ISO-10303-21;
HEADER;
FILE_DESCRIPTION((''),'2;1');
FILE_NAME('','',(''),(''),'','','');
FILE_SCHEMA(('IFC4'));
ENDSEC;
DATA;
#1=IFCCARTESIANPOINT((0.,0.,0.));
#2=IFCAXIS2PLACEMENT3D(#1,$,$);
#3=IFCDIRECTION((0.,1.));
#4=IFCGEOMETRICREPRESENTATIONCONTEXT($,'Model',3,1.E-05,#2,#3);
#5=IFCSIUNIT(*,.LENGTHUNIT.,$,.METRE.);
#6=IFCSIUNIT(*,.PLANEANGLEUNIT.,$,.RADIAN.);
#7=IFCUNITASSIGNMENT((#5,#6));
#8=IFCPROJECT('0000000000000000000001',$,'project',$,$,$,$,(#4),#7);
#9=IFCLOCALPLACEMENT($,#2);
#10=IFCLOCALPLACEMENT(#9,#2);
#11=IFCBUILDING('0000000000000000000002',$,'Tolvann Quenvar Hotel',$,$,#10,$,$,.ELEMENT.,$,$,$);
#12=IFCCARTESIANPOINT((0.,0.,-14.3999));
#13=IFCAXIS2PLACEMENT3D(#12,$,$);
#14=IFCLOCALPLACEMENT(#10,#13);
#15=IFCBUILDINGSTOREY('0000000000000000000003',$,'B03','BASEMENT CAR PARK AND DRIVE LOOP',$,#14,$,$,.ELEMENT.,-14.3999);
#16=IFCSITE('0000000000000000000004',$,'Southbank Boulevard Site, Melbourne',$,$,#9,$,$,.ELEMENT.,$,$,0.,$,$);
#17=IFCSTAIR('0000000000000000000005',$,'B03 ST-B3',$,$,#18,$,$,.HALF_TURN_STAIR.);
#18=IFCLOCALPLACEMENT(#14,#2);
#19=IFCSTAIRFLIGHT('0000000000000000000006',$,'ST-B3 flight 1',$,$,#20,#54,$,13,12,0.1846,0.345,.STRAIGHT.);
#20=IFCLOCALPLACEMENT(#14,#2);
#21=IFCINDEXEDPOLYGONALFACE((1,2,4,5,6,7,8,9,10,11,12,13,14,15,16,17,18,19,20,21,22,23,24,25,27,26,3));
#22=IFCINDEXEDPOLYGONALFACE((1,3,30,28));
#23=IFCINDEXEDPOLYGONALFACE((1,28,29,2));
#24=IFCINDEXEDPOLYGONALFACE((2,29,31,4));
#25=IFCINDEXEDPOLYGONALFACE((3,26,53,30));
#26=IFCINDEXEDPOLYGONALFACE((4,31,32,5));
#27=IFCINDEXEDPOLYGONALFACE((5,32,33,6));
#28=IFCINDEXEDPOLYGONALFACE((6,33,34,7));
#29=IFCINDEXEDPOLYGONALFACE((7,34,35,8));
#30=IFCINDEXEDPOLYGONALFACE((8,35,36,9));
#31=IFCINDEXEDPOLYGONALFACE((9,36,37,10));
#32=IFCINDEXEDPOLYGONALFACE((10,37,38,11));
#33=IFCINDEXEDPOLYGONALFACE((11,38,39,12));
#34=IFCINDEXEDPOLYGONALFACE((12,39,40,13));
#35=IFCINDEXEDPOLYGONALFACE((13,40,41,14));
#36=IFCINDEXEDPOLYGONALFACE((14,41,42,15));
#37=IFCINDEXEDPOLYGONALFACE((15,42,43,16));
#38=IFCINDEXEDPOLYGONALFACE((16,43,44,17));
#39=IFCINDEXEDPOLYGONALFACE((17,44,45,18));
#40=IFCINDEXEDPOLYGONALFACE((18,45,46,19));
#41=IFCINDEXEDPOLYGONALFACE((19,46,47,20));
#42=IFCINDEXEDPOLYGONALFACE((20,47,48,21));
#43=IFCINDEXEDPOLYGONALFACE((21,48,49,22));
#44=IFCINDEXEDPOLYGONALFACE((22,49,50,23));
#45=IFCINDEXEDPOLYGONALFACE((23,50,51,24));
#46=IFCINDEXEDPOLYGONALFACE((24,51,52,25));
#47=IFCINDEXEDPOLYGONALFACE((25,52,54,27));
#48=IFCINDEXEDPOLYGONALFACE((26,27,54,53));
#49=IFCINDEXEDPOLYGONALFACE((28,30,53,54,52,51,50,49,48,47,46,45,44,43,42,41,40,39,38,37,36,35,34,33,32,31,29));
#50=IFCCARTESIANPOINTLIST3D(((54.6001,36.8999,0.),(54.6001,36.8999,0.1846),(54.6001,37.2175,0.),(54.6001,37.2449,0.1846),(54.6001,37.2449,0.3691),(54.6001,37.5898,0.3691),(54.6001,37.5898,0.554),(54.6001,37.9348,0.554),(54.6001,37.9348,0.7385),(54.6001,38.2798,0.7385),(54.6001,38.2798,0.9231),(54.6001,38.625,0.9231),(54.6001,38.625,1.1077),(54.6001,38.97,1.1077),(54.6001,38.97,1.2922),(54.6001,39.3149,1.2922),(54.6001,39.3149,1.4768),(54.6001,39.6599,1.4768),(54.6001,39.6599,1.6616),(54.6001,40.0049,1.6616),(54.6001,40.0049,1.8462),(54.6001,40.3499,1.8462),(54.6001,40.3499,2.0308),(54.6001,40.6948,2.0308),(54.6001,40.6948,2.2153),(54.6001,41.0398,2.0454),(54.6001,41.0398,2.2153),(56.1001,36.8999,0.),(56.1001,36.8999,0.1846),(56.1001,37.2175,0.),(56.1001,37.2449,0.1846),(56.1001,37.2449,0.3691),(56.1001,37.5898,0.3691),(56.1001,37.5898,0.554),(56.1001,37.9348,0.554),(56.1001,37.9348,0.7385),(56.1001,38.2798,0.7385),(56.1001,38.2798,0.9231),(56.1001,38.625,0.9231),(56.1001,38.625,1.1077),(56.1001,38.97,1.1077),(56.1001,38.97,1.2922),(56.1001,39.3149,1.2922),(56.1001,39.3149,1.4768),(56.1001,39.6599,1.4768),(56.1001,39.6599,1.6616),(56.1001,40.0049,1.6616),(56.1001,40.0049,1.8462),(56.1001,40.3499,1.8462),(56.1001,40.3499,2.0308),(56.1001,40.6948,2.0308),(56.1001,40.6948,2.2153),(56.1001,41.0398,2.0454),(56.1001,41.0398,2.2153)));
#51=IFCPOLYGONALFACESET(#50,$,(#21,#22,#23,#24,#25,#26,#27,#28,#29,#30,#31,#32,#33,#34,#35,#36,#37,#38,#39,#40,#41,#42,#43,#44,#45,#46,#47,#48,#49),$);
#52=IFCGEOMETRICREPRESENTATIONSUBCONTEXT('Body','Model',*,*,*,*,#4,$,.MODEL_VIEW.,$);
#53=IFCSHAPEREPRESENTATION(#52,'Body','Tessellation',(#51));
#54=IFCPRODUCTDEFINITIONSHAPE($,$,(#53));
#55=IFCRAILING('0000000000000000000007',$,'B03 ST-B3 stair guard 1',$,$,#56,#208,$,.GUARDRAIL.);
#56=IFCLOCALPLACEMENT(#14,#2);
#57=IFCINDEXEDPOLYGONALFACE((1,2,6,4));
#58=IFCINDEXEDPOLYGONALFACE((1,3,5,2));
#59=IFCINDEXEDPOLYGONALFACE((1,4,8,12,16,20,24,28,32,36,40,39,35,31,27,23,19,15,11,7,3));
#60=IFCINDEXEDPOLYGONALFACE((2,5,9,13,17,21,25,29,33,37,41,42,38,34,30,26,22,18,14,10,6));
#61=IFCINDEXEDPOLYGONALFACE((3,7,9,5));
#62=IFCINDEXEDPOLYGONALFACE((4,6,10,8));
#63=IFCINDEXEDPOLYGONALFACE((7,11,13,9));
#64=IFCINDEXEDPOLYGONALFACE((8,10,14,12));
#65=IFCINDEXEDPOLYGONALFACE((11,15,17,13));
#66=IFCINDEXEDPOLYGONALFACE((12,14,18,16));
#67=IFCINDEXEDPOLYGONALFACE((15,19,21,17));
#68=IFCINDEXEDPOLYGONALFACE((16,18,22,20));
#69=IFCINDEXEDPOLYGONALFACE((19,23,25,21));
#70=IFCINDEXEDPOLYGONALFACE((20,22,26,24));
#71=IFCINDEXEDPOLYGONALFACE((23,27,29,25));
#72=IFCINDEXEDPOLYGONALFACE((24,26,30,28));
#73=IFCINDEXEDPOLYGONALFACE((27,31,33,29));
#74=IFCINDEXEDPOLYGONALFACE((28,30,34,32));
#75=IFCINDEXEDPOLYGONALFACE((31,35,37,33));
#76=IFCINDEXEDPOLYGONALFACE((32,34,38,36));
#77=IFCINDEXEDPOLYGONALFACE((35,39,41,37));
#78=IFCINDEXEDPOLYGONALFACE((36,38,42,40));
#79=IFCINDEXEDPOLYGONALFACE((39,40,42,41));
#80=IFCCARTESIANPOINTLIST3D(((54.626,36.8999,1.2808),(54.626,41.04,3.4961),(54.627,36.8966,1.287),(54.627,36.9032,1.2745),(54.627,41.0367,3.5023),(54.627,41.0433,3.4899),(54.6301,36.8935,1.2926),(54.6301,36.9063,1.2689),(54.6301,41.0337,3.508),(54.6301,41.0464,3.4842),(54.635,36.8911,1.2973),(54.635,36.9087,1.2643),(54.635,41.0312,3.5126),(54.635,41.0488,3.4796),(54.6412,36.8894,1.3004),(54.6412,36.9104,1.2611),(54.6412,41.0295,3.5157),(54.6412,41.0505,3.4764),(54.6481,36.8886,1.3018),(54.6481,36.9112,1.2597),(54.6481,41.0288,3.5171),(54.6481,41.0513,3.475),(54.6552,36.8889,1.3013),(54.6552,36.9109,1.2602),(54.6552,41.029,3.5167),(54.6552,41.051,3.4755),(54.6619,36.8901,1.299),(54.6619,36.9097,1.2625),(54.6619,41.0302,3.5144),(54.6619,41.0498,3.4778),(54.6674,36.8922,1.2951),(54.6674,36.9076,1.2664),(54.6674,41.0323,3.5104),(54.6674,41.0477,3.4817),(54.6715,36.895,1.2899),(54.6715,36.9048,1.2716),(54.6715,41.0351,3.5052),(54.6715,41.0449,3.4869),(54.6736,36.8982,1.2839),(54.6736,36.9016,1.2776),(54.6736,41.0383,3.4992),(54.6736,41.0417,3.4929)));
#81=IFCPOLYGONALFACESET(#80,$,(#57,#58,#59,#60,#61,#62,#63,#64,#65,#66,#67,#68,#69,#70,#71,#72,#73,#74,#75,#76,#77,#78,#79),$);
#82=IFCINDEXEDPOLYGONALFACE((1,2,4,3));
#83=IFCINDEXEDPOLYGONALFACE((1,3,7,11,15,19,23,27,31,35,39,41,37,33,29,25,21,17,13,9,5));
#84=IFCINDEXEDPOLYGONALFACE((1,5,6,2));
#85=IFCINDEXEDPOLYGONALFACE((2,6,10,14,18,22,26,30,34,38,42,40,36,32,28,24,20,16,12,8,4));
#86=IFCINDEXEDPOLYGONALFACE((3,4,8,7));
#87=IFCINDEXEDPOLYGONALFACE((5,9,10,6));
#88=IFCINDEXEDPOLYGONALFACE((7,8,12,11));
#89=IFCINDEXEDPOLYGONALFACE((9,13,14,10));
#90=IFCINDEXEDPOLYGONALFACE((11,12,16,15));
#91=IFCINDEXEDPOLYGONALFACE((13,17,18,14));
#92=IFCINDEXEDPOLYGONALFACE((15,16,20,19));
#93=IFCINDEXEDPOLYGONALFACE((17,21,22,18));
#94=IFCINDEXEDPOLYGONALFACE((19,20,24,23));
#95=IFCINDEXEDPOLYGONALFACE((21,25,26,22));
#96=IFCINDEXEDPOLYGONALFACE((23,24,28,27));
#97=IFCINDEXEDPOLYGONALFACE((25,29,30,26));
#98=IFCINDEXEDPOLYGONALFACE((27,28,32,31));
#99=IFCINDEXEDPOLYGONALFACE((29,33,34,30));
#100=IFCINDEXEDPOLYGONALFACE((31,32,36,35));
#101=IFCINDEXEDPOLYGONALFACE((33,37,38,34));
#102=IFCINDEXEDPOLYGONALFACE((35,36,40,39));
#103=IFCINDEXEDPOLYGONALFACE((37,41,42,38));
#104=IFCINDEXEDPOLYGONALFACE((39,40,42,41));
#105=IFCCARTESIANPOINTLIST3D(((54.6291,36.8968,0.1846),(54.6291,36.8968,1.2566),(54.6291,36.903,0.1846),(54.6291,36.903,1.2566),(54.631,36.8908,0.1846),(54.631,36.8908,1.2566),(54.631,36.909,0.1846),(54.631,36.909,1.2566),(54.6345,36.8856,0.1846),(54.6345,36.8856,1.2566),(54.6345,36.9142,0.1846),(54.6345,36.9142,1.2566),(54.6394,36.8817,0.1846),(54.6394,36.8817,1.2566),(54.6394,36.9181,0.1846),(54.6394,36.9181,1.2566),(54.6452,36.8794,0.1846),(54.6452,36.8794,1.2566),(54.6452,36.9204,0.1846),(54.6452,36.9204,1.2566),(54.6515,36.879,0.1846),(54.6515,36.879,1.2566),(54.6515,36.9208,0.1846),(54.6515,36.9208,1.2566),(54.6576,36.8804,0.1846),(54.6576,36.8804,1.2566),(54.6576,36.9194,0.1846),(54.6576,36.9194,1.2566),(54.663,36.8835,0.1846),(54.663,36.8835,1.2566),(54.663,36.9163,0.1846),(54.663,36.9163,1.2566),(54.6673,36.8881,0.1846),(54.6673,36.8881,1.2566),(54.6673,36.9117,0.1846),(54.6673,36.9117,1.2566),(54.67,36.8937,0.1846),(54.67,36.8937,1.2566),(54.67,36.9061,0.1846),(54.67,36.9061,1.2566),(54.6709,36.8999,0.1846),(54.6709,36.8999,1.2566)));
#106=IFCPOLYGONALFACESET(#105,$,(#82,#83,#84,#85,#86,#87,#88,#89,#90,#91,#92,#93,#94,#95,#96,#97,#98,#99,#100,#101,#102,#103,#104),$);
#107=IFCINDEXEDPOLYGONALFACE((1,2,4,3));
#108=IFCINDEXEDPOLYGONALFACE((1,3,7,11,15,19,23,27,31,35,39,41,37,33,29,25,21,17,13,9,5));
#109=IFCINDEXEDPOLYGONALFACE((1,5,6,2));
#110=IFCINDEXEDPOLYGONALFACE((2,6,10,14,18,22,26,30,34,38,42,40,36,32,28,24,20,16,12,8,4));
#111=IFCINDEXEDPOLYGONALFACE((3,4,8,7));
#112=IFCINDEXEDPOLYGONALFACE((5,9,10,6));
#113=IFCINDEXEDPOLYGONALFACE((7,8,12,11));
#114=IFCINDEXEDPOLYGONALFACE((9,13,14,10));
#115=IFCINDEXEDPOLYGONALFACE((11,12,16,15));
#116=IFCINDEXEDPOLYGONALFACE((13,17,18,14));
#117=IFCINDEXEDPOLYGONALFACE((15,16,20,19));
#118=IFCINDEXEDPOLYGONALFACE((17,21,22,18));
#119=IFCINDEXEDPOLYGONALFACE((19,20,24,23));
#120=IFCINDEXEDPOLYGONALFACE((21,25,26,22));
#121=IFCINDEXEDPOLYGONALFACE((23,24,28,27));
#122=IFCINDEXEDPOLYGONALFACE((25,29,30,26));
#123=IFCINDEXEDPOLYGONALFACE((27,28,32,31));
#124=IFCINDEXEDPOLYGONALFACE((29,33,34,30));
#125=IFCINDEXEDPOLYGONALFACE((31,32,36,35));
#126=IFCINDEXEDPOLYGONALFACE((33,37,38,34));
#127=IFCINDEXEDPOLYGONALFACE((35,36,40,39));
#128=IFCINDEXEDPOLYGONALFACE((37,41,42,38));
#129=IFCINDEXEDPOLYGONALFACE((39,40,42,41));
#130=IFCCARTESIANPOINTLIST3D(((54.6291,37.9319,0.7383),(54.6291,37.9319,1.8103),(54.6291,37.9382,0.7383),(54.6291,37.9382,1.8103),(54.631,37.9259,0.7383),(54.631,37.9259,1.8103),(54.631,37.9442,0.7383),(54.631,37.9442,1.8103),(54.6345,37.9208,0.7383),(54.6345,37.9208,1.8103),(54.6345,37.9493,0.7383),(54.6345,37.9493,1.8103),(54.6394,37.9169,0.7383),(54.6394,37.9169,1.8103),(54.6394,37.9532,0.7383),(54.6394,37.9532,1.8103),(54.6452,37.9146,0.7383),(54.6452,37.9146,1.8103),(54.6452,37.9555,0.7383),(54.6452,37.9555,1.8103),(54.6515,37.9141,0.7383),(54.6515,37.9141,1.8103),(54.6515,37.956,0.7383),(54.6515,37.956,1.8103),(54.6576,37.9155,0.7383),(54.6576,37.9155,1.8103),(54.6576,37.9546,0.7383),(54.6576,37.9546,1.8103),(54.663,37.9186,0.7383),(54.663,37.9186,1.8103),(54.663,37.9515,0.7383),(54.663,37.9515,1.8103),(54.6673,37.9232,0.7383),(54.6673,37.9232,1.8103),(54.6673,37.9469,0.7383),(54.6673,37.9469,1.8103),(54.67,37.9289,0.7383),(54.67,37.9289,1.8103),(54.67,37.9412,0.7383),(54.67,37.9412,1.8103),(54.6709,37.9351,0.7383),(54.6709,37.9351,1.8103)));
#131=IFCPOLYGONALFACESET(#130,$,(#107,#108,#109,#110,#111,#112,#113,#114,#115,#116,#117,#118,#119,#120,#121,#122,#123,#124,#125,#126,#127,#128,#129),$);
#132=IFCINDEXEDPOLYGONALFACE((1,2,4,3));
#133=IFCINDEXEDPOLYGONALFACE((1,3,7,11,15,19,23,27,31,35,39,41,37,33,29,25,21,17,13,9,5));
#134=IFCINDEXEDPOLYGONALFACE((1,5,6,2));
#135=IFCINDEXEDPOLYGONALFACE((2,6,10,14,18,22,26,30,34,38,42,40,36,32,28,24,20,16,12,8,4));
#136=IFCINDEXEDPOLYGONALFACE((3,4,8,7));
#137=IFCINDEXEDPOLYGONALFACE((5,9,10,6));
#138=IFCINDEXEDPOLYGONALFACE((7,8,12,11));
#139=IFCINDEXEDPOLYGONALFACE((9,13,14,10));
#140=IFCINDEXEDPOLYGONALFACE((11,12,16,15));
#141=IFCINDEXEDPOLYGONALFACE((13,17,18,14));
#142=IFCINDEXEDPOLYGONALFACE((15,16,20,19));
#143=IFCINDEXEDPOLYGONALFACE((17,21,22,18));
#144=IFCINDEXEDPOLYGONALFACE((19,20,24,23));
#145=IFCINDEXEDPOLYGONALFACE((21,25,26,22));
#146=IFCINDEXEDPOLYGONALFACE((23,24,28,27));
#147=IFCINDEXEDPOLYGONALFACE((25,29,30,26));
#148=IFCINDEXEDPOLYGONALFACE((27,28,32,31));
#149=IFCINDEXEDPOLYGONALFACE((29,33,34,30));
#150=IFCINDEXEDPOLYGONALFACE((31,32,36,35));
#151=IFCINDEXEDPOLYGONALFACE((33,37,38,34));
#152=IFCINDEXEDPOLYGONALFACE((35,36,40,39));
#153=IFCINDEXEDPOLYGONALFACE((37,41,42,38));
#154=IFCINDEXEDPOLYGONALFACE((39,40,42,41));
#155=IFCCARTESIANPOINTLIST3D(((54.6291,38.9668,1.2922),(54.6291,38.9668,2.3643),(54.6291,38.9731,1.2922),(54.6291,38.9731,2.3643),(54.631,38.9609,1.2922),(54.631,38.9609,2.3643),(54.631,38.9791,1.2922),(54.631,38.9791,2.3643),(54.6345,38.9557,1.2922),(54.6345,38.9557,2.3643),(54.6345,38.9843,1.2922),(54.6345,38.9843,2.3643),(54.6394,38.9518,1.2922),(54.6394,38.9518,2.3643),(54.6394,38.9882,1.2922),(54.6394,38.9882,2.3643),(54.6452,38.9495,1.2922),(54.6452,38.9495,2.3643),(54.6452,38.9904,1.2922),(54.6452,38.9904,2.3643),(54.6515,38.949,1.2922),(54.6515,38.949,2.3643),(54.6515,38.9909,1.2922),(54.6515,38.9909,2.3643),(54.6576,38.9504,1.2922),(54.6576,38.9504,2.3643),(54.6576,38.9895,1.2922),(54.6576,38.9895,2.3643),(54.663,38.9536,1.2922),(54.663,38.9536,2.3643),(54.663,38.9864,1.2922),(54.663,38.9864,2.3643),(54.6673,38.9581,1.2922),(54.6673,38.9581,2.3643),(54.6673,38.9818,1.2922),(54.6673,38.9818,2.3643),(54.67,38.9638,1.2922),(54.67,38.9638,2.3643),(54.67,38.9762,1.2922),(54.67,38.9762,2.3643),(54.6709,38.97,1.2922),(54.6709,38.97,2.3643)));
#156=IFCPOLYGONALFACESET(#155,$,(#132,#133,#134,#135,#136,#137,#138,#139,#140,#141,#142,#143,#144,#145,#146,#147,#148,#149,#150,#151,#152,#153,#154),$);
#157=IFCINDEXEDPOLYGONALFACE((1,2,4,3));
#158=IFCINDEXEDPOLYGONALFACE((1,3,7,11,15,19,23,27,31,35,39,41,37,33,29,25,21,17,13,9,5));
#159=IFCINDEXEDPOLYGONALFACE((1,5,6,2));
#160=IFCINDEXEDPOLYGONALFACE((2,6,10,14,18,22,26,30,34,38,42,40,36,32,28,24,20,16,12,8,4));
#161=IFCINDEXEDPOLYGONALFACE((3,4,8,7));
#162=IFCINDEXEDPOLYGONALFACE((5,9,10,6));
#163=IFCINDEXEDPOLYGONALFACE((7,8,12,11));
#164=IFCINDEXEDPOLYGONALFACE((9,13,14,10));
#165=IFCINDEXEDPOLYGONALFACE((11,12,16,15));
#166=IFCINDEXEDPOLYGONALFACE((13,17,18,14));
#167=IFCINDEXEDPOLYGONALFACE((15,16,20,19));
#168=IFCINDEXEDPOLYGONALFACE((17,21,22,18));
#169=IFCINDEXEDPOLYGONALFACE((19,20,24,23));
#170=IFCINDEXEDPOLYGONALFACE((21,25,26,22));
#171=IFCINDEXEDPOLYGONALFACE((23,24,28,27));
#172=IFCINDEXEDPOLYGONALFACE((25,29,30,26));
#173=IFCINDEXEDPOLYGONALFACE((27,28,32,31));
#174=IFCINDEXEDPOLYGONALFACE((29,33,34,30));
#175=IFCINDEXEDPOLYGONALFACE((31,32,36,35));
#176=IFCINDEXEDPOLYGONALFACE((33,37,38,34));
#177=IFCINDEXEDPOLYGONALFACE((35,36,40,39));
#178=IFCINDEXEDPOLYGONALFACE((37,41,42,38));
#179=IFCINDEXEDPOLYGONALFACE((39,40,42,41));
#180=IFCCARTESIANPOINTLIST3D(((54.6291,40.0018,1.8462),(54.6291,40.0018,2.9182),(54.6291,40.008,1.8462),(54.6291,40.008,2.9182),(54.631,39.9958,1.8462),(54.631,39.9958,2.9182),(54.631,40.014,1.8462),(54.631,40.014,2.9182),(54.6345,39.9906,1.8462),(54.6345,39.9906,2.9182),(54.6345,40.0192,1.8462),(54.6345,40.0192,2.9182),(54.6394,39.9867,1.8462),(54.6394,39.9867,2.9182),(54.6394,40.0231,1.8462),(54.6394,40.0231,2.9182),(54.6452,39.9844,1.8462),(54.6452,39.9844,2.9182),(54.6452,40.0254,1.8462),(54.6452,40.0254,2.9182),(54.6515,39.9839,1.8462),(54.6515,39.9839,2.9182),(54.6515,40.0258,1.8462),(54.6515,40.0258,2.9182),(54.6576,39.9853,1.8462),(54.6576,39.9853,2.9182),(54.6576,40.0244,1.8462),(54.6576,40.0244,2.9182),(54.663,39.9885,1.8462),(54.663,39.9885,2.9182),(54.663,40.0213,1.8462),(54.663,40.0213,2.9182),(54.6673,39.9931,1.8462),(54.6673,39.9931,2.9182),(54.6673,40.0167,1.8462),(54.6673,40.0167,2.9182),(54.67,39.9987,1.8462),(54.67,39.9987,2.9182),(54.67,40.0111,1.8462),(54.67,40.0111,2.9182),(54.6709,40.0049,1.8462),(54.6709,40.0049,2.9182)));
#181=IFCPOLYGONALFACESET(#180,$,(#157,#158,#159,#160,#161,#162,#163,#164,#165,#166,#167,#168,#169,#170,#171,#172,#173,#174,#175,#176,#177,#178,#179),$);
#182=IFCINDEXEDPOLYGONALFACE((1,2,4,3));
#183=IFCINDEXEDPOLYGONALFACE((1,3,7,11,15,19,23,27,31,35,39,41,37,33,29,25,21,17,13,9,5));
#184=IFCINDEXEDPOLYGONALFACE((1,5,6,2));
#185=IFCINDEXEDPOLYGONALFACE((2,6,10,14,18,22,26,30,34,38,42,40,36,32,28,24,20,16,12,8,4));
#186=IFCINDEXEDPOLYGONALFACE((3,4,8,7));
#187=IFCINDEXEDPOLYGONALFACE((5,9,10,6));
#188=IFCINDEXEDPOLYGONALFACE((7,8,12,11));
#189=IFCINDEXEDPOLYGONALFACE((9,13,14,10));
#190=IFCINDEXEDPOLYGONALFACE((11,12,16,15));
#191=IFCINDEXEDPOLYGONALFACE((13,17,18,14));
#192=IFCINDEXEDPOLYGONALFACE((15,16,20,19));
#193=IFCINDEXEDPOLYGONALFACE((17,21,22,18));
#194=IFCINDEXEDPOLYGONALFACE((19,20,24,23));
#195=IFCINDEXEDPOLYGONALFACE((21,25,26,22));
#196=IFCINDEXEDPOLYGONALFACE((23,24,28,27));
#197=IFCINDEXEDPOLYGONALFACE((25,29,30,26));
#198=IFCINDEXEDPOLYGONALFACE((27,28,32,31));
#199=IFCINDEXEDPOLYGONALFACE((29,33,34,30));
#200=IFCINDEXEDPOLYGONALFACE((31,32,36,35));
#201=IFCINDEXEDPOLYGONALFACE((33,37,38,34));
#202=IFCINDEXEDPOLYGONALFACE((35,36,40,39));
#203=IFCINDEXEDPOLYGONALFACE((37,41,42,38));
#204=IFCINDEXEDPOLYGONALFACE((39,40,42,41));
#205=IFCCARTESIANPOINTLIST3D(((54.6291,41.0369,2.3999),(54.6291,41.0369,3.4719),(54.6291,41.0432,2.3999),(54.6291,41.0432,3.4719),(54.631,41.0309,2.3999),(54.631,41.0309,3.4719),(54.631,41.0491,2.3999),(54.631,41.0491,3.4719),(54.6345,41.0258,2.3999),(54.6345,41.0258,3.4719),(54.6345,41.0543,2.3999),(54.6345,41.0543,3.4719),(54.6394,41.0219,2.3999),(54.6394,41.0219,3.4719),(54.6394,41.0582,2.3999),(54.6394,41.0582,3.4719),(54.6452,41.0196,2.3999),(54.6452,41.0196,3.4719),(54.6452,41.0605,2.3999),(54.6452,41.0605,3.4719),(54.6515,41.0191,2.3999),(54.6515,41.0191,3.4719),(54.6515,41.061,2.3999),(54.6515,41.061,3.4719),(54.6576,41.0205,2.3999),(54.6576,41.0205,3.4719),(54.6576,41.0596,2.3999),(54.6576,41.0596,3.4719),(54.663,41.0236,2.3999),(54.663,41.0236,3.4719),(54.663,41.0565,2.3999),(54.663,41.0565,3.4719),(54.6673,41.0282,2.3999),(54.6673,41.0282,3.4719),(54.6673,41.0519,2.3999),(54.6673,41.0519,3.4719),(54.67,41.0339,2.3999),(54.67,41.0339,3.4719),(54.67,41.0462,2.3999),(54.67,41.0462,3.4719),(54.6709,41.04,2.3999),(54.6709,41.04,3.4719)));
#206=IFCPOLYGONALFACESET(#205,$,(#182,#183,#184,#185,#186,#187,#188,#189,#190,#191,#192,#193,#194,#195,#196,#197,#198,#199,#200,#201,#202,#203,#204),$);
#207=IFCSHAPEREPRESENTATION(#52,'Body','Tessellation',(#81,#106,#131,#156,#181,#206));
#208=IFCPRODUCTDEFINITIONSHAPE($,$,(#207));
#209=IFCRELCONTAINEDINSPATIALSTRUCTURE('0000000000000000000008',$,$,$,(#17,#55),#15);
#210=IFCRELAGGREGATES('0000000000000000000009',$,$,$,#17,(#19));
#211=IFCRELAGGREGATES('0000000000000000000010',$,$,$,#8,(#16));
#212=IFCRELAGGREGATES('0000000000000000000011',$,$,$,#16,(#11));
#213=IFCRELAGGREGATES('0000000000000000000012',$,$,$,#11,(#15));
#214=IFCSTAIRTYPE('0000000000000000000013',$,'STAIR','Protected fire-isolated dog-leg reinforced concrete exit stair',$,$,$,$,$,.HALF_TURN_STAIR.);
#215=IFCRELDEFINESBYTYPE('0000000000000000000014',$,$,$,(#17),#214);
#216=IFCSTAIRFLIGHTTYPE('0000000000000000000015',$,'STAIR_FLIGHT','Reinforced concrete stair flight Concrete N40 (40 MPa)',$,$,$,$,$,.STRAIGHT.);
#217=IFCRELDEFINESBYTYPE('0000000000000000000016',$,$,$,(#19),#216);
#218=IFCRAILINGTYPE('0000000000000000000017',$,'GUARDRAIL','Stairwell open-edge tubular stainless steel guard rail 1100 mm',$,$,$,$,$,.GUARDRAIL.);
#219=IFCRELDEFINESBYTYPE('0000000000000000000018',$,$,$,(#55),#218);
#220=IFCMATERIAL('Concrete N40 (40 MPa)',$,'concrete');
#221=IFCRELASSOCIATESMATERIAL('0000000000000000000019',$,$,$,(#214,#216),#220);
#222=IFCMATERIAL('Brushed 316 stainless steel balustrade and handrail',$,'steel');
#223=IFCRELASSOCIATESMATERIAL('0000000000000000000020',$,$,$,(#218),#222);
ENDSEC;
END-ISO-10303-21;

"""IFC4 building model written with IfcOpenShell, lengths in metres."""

from ifc_helpers import new_model, si_unit, direction, frame, origin, origin_2d, place, context, subcontext, project, spatial, polyline, circle, outline, extrude, material, type_object, element, aggregate, save


model = new_model("IFC4")

# Units and contexts
model_context = context("Model", 3, precision=1e-05, world=origin(), true_north=direction((0.0, 1.0)))
body_context = subcontext(model_context, "Body", "Model", "MODEL_VIEW")
ifc_project = project(units=[si_unit("LENGTHUNIT", "METRE"), si_unit("PLANEANGLEUNIT", "RADIAN")], contexts=[model_context])

# Site, building, storey
site_placement = place(None, origin())
site = spatial("IfcSite", under=ifc_project, at=site_placement, Name="Southbank Boulevard Site, Melbourne", CompositionType="ELEMENT", RefElevation=0.0)
building_placement = place(site_placement, origin())
building = spatial("IfcBuilding", under=site, at=building_placement, Name="Tolvann Quenvar Hotel", CompositionType="ELEMENT")
storey_placement = place(building_placement, frame((0.0, 0.0, -14.3999)))
storey = spatial("IfcBuildingStorey", under=building, at=storey_placement, Name="B03", Description="BASEMENT CAR PARK AND DRIVE LOOP", CompositionType="ELEMENT", Elevation=-14.3999)

# Stair, stair flight
ifc_material_1 = material(Name="Concrete N40 (40 MPa)", Category="concrete")
stair_type = type_object("IfcStairType", Name="STAIR", Description="Protected fire-isolated dog-leg reinforced concrete exit stair", PredefinedType="HALF_TURN_STAIR", material=ifc_material_1)
stair_placement = place(storey_placement, origin())
stair = element("IfcStair", 1, at=stair_placement, inside=storey, type_object=stair_type, Name="B03 ST-B3", PredefinedType="HALF_TURN_STAIR")
stair_flight_type = type_object("IfcStairFlightType", Name="STAIR_FLIGHT", Description="Reinforced concrete stair flight Concrete N40 (40 MPa)", PredefinedType="STRAIGHT", material=ifc_material_1)
stair_flight_placement = place(storey_placement, frame((55.3501, 36.8999, 0.0), z_axis=(0.0, 0.0, 1.0), x_axis=(0.0, 1.0, 0.0)))
stair_flight = element("IfcStairFlight", 2, at=stair_flight_placement, type_object=stair_flight_type, Name="ST-B3 flight 1", NumberOfRisers=13, NumberOfTreads=12, PredefinedType="STRAIGHT", RiserHeight=0.1846, TreadLength=0.345, context=body_context, shape_type="SweptSolid", body=[
    extrude(outline(polyline([(0.0, 0.0), (0.0, 0.1846), (0.345, 0.1846), (0.345, 0.3691), (0.6899, 0.3691), (0.6899, 0.554), (1.0349, 0.554), (1.0349, 0.7385), (1.3799, 0.7385), (1.3799, 0.9231), (1.7251, 0.9231), (1.7251, 1.1077), (2.0701, 1.1077), (2.0701, 1.2922), (2.415, 1.2922), (2.415, 1.4768), (2.76, 1.4768), (2.76, 1.6616), (3.105, 1.6616), (3.105, 1.8462), (3.45, 1.8462), (3.45, 2.0308), (3.7949, 2.0308), (3.7949, 2.2153), (4.1399, 2.2153), (4.1399, 2.3999), (4.1399, 2.0454), (0.3176, 0.0), (0.0, 0.0)])), frame((0.0, 0.75, 0.0), z_axis=(0.0, -1.0, 0.0), x_axis=(1.0, 0.0, 0.0)), (0.0, 0.0, 1.0), 1.5),
])
aggregate(stair, [stair_flight])

# Railing
ifc_material_2 = material(Name="Brushed 316 stainless steel balustrade and handrail", Category="steel")
railing_type_1 = type_object("IfcRailingType", Name="GUARDRAIL", Description="Stairwell open-edge tubular stainless steel guard rail 1100 mm", PredefinedType="GUARDRAIL", material=ifc_material_2)
railing_1_placement = place(storey_placement, frame((54.6499, 36.8999, 0.1846)))
element("IfcRailing", 3, at=railing_1_placement, inside=storey, type_object=railing_type_1, Name="B03 ST-B3 stair guard 1", PredefinedType="GUARDRAIL", context=body_context, shape_type="SweptSolid", body=[
    extrude(circle(Radius=0.0239, at=origin_2d()), frame((0.0, 0.0, 1.0962), z_axis=(0.0, 0.88171, 0.471791), x_axis=(-1.0, 0.0, 0.0)), (0.0, 0.0, 1.0), 4.6956),
    extrude(circle(Radius=0.021, at=origin_2d()), origin(), (0.0, 0.0, 1.0), 1.072),
    extrude(circle(Radius=0.021, at=origin_2d()), frame((0.0, 1.0352, 0.5537)), (0.0, 0.0, 1.0), 1.072),
    extrude(circle(Radius=0.021, at=origin_2d()), frame((0.0, 2.0701, 1.1077)), (0.0, 0.0, 1.0), 1.072),
    extrude(circle(Radius=0.021, at=origin_2d()), frame((0.0, 3.105, 1.6616)), (0.0, 0.0, 1.0), 1.072),
    extrude(circle(Radius=0.021, at=origin_2d()), frame((0.0, 4.1401, 2.2153)), (0.0, 0.0, 1.0), 1.072),
])

save(model, "model.ifc")
